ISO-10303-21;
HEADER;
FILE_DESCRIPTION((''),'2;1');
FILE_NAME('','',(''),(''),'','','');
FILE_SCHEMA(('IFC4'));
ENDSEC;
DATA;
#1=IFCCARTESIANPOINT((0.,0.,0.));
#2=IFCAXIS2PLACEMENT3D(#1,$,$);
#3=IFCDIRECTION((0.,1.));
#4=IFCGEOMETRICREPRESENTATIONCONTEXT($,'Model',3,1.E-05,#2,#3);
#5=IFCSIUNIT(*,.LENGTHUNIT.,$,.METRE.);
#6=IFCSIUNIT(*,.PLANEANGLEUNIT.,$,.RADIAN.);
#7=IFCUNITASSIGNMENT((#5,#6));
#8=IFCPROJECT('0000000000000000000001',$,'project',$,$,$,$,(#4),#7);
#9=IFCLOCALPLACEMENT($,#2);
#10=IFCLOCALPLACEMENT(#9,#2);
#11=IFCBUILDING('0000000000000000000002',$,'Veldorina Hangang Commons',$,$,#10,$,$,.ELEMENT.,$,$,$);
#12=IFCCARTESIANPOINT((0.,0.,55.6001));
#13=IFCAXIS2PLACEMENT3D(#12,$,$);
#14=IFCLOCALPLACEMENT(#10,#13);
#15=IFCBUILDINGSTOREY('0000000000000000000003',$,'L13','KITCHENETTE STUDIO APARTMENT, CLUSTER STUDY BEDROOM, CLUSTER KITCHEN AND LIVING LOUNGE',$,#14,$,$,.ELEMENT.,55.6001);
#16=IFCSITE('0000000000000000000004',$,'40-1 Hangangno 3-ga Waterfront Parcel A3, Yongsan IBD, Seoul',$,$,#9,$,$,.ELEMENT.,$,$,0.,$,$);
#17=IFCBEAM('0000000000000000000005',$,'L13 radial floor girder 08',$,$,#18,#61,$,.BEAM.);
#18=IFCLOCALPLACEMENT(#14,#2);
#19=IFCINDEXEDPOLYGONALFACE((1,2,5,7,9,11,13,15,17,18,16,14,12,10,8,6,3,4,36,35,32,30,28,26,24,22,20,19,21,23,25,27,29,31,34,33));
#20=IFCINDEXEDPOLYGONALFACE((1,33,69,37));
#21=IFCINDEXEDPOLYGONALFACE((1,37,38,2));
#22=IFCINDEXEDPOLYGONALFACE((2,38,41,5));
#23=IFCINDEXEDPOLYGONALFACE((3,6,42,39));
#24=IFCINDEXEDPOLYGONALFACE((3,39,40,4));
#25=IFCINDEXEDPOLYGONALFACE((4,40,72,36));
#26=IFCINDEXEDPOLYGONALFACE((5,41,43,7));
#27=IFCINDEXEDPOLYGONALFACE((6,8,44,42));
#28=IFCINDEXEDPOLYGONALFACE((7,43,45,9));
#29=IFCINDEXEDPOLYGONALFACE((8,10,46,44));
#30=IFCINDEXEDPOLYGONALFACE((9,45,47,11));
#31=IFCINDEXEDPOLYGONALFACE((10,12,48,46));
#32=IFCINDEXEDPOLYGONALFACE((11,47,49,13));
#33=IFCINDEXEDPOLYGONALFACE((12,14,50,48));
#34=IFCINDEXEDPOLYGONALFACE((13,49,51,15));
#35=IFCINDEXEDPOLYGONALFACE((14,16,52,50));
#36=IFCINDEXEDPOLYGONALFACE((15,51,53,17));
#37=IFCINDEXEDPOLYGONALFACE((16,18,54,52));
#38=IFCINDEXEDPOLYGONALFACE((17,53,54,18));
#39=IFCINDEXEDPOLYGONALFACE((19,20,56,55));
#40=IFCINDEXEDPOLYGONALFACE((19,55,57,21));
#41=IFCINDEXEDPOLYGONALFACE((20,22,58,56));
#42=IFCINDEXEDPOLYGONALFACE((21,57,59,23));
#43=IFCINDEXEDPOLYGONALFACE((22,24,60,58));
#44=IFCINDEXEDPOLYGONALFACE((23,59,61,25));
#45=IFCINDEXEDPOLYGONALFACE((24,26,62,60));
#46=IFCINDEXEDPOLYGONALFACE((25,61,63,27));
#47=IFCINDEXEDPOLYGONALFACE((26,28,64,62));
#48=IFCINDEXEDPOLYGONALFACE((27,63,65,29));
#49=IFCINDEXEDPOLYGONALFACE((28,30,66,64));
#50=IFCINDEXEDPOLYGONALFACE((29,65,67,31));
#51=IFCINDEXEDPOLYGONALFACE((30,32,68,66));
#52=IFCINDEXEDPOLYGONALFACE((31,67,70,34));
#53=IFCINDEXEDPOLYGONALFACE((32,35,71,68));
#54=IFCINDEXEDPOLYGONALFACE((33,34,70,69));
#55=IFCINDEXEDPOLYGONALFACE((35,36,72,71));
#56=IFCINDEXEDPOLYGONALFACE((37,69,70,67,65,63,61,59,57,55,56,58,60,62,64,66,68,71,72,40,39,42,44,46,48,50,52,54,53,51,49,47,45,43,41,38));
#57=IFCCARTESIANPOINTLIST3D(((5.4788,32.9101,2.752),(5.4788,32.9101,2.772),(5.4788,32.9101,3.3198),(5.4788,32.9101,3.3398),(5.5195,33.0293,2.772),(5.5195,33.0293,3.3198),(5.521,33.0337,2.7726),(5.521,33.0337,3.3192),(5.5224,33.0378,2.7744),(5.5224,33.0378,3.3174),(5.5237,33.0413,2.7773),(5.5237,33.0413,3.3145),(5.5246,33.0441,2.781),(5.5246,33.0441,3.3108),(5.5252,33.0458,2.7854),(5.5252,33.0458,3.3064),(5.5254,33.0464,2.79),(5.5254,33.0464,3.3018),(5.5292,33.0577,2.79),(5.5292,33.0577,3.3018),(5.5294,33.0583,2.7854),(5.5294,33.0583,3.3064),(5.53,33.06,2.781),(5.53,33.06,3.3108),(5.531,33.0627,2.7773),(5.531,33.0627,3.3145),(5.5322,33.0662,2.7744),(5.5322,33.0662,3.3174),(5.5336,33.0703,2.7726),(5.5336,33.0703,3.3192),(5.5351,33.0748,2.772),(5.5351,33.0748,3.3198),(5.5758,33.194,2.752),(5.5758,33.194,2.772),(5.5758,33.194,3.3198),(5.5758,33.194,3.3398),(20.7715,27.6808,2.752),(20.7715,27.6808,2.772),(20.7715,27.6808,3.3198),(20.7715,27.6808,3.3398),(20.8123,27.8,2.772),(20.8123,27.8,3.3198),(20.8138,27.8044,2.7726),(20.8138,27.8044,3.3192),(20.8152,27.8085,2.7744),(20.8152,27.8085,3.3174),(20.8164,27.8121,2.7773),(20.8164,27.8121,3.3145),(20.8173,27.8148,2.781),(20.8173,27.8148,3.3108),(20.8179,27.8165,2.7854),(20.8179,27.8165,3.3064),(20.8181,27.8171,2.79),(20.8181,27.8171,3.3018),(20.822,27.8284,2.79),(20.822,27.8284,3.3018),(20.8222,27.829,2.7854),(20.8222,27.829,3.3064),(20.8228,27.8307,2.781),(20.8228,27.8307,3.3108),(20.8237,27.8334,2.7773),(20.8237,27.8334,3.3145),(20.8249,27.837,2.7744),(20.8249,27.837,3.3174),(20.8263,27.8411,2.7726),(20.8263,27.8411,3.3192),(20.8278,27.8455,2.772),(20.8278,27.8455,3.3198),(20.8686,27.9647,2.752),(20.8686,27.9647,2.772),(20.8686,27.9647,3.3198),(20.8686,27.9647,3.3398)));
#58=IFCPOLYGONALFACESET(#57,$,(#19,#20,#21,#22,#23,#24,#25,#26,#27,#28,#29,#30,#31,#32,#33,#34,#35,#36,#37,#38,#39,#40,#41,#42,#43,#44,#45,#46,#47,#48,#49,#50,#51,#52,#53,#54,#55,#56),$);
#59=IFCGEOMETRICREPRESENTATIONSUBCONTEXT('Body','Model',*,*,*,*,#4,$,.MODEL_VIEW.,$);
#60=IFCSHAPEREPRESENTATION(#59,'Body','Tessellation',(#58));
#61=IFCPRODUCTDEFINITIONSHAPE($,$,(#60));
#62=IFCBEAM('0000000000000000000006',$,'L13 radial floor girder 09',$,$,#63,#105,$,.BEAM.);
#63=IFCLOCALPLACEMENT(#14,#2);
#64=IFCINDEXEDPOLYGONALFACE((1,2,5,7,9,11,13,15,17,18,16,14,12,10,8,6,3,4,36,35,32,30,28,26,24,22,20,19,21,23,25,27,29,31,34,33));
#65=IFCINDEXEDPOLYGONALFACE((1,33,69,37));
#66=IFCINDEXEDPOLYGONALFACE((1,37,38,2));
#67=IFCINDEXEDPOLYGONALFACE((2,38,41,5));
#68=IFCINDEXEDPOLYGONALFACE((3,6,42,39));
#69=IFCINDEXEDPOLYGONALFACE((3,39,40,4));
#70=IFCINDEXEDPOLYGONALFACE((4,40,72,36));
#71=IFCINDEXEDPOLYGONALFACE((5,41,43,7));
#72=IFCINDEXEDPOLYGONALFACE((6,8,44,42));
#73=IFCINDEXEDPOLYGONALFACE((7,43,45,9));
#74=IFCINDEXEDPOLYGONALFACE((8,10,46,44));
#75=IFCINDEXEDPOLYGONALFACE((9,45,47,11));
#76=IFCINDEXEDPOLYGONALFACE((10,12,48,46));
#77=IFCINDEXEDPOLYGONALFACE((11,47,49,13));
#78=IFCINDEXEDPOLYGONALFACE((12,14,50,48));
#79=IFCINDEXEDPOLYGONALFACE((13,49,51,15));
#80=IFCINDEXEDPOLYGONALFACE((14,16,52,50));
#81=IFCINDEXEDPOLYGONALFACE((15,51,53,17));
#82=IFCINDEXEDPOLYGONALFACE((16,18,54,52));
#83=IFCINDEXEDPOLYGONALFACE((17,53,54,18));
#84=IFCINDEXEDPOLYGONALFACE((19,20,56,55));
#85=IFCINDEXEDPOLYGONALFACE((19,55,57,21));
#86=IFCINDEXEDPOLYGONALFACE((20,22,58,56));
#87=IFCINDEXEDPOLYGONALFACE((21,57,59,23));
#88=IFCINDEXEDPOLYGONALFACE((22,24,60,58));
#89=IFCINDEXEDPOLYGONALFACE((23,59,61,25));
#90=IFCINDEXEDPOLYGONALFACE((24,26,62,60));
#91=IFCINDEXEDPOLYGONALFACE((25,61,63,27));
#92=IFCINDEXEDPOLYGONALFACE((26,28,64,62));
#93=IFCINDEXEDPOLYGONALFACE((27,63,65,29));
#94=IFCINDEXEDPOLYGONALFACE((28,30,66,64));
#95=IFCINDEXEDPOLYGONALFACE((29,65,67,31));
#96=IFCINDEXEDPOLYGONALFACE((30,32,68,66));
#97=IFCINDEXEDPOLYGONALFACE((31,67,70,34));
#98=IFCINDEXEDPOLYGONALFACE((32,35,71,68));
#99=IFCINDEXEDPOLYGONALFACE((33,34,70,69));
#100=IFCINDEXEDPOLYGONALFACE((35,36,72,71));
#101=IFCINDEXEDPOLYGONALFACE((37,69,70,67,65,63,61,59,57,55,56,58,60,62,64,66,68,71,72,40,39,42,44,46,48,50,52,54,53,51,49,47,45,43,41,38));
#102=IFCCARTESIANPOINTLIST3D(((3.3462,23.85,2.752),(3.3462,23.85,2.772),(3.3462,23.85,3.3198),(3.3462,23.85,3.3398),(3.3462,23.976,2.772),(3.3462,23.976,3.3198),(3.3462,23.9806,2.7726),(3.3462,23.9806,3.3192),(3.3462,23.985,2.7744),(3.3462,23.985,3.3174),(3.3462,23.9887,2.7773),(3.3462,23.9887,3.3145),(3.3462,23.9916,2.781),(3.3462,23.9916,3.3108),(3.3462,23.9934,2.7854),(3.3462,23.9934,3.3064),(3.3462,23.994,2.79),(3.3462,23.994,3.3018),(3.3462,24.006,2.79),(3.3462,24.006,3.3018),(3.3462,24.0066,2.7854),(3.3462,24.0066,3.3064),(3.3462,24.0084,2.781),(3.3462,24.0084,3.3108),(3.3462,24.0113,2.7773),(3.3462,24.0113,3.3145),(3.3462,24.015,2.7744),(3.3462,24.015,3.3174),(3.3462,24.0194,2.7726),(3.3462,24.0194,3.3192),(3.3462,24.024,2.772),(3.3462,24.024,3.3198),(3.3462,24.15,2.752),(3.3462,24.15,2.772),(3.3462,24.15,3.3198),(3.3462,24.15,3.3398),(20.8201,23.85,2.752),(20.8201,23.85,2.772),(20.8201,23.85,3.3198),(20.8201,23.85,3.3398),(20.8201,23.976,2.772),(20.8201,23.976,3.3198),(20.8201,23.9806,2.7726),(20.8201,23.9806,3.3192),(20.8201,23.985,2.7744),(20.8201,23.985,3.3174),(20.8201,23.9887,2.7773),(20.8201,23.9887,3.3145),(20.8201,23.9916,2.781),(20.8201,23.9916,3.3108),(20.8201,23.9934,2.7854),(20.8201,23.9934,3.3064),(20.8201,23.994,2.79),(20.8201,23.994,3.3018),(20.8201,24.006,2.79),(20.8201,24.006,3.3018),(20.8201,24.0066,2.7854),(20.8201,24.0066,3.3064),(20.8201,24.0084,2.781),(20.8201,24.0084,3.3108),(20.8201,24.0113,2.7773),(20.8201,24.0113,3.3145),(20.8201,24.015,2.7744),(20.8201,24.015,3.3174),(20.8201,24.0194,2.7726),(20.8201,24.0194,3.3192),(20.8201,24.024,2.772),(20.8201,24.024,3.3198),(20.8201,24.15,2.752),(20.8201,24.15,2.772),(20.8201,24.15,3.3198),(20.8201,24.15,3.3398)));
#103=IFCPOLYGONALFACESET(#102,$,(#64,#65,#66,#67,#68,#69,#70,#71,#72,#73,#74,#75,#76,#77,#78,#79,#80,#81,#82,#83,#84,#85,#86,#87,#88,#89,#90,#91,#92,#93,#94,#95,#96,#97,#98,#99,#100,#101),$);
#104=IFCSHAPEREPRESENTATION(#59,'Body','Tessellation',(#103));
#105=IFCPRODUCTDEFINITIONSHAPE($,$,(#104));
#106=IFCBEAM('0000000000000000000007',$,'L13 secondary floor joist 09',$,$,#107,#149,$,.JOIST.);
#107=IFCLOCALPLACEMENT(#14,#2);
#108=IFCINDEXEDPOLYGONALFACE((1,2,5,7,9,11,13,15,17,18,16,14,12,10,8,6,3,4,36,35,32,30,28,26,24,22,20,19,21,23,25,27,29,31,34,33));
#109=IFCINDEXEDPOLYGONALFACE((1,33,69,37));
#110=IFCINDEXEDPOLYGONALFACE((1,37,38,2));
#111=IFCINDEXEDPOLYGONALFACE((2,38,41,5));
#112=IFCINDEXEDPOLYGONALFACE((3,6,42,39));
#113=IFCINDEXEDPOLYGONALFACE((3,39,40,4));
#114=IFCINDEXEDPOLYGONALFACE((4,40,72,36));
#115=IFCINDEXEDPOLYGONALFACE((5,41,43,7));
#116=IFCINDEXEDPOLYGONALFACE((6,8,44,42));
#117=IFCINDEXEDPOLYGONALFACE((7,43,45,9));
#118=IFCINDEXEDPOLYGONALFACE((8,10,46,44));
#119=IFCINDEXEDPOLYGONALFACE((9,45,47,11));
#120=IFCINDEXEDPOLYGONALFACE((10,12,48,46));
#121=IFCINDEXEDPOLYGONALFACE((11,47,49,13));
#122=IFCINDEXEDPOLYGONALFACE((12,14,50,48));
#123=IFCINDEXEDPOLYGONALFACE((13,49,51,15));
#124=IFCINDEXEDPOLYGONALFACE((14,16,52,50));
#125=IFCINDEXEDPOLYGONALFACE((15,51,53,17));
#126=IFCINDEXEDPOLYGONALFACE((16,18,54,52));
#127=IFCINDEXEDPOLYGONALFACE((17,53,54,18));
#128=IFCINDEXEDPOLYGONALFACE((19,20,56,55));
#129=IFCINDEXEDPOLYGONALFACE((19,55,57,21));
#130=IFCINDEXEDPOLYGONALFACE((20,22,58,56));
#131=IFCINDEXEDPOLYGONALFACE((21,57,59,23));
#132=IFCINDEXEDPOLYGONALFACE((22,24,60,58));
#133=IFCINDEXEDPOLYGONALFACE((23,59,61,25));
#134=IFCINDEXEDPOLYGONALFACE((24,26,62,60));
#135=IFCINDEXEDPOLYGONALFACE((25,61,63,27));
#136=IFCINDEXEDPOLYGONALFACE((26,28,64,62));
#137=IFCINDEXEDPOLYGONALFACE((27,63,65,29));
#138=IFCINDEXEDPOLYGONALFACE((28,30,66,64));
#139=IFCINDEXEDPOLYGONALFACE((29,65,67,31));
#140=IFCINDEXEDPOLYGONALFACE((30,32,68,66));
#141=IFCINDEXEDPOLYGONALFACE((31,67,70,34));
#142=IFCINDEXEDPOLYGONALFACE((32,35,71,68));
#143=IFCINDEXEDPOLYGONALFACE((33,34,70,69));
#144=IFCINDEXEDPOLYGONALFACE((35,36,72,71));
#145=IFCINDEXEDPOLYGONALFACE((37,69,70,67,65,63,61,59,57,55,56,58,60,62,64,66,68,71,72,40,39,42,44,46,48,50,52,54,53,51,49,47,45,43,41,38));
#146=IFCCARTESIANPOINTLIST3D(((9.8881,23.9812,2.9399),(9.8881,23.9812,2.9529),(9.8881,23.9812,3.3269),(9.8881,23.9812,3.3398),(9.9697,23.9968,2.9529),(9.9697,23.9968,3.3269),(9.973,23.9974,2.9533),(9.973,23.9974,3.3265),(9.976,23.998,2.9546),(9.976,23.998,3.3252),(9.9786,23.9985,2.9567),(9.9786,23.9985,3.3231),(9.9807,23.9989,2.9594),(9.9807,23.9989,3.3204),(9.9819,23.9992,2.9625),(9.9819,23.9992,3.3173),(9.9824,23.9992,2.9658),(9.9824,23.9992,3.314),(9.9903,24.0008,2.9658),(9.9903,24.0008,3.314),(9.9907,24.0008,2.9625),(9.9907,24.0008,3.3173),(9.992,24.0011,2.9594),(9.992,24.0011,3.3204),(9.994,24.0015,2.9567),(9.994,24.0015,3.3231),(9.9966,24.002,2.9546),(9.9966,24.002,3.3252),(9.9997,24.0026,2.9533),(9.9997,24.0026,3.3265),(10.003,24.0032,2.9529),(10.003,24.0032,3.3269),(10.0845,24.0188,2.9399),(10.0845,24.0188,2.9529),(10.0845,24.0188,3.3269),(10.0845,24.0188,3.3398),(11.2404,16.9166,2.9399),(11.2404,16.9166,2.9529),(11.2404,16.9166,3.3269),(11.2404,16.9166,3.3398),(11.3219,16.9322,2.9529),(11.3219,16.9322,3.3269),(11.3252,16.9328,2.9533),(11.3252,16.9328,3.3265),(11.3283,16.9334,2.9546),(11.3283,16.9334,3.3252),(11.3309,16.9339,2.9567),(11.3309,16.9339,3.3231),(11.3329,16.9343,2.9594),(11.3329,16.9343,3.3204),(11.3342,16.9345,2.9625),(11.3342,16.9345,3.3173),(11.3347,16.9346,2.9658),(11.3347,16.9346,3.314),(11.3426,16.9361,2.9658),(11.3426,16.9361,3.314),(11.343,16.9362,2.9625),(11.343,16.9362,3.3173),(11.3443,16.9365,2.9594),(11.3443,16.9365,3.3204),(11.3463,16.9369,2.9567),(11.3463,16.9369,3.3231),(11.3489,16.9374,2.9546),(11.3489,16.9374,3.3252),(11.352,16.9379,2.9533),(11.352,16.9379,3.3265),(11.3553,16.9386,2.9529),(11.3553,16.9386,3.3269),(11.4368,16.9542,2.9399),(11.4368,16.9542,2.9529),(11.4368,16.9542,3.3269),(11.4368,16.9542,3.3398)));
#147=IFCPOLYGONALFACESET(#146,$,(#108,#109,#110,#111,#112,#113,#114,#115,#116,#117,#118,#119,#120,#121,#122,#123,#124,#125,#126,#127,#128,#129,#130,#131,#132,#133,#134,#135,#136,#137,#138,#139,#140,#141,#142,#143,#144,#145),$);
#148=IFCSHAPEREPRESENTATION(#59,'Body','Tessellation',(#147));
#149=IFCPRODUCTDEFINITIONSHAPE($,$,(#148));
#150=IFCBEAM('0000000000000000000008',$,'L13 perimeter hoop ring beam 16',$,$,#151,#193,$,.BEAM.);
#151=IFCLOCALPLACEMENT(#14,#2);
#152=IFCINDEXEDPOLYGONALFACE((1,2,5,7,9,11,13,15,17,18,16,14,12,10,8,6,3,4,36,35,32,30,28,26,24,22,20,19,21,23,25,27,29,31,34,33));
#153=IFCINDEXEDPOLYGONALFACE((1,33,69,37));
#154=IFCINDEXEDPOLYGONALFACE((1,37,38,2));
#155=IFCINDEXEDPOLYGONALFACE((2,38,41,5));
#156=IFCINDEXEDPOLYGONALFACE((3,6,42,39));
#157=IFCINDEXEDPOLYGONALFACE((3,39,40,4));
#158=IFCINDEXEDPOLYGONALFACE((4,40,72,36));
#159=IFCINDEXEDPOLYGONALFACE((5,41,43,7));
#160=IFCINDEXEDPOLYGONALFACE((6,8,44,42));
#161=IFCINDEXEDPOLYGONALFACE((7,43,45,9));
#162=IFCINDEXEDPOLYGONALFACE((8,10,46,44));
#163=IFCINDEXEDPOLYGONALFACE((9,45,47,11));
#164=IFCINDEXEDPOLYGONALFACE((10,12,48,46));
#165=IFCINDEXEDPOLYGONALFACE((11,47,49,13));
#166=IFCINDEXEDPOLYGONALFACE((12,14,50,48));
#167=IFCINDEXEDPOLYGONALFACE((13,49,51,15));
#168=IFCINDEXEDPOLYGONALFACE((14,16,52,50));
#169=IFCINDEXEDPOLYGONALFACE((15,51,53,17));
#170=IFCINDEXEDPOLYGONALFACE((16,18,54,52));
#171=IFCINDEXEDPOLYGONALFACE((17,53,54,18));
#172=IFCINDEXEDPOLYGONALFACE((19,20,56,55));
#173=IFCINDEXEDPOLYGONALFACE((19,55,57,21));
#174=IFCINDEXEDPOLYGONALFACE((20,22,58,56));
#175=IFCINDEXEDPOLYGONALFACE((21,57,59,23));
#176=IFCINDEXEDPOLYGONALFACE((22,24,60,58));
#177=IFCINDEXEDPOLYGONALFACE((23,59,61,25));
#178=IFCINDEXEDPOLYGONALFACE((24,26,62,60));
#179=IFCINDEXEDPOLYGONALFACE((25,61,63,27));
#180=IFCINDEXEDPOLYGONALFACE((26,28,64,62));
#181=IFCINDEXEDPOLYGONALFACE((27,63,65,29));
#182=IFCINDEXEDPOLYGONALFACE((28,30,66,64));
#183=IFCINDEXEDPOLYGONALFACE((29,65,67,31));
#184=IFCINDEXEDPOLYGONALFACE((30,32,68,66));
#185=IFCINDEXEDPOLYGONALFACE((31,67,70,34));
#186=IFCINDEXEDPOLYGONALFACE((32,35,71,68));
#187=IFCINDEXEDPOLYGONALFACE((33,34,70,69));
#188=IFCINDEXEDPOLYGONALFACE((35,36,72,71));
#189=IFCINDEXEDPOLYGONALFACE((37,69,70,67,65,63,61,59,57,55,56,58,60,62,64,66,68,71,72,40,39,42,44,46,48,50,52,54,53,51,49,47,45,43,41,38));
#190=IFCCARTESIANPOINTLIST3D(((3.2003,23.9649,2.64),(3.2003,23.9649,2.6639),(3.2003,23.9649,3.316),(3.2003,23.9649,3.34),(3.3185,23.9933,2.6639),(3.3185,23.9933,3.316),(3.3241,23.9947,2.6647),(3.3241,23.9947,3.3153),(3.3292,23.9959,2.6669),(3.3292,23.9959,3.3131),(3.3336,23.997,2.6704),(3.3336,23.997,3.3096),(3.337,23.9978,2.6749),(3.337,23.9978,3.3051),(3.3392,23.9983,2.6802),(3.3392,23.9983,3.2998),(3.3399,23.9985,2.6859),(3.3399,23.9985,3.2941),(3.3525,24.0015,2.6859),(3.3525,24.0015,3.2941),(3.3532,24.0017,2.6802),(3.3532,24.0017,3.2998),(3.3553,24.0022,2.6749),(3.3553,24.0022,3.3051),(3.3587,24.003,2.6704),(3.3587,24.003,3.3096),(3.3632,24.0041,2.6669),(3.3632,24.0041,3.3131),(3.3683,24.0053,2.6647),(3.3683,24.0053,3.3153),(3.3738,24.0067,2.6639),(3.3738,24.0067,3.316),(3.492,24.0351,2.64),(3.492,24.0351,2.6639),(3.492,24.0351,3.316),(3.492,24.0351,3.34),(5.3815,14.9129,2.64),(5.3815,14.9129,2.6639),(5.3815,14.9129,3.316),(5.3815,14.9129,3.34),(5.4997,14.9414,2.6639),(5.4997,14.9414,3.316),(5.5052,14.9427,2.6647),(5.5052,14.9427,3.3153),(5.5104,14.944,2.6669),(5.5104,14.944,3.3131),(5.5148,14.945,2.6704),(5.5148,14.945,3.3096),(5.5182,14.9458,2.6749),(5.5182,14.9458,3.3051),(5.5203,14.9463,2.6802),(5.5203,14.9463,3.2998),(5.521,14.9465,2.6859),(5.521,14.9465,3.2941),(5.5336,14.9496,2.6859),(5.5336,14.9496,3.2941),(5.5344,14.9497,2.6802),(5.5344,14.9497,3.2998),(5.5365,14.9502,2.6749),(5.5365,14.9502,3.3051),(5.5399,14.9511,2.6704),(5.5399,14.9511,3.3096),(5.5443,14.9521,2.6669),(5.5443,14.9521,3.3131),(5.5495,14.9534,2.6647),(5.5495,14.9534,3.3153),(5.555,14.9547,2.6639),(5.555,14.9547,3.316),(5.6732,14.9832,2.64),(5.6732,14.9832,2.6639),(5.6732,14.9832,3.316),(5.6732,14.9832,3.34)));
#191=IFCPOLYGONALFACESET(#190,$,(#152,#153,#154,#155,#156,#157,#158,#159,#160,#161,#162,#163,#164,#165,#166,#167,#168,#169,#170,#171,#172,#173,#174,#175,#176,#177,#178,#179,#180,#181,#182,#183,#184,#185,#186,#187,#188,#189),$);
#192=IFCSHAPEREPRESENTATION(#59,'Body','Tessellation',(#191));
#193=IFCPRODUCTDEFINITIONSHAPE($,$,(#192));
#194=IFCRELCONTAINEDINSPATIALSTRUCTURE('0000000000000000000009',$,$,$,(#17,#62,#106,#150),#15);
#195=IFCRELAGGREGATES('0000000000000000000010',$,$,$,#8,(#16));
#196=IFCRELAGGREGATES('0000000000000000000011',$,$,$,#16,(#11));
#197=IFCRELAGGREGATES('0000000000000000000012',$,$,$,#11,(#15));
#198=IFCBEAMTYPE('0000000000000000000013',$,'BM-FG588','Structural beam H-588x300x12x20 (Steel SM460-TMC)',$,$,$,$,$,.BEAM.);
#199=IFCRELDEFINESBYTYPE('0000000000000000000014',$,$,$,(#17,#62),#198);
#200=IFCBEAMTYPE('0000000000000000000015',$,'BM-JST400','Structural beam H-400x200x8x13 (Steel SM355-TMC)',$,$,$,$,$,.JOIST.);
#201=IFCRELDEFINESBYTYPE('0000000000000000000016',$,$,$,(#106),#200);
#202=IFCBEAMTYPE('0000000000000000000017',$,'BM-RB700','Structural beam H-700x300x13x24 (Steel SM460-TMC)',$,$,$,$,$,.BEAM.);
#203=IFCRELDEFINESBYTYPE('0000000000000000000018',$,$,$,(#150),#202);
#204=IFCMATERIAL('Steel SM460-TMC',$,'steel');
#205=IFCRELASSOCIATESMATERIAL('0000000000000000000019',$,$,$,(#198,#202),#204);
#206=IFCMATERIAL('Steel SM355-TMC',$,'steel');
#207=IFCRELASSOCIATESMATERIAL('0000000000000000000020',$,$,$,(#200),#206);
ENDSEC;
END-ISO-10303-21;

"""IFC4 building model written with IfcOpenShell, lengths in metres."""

from ifc_helpers import new_model, si_unit, direction, frame, origin, origin_2d, place, context, subcontext, project, spatial, i_section, extrude, material, material_profile, profile_set, type_object, element, save


model = new_model("IFC4")

# Units and contexts
model_context = context("Model", 3, precision=1e-05, world=origin(), true_north=direction((0.0, 1.0)))
body_context = subcontext(model_context, "Body", "Model", "MODEL_VIEW")
ifc_project = project(units=[si_unit("LENGTHUNIT", "METRE"), si_unit("PLANEANGLEUNIT", "RADIAN")], contexts=[model_context])

# Site, building, storey
site_placement = place(None, origin())
site = spatial("IfcSite", under=ifc_project, at=site_placement, Name="40-1 Hangangno 3-ga Waterfront Parcel A3, Yongsan IBD, Seoul", CompositionType="ELEMENT", RefElevation=0.0)
building_placement = place(site_placement, origin())
building = spatial("IfcBuilding", under=site, at=building_placement, Name="Veldorina Hangang Commons", CompositionType="ELEMENT")
storey_placement = place(building_placement, frame((0.0, 0.0, 55.6001)))
storey = spatial("IfcBuildingStorey", under=building, at=storey_placement, Name="L13", Description="KITCHENETTE STUDIO APARTMENT, CLUSTER STUDY BEDROOM, CLUSTER KITCHEN AND LIVING LOUNGE", CompositionType="ELEMENT", Elevation=55.6001)

# Beams
ifc_material_1 = material(Name="Steel SM460-TMC", Category="steel")
ifc_material_profile_1 = material_profile(ifc_material_1, i_section(OverallWidth=0.3, OverallDepth=0.5879, WebThickness=0.012, FlangeThickness=0.02, FilletRadius=0.0181, at=origin_2d()), Name="H-588x300x12x20")
ifc_profile_set_1 = profile_set([ifc_material_profile_1], Name="Steel SM460-TMC")
beam_type_1 = type_object("IfcBeamType", Name="BM-FG588", Description="Structural beam H-588x300x12x20 (Steel SM460-TMC)", PredefinedType="BEAM", material=ifc_profile_set_1)
beam_1_placement = place(storey_placement, frame((20.8201, 27.8228, 3.0459), z_axis=(-0.946211, 0.323551, 0.0), x_axis=(-0.323551, -0.946211, 0.0)))
element("IfcBeam", 1, at=beam_1_placement, inside=storey, type_object=beam_type_1, Name="L13 radial floor girder 08", PredefinedType="BEAM", context=body_context, shape_type="SweptSolid", body=[
    extrude(i_section(OverallWidth=0.3, OverallDepth=0.5879, WebThickness=0.012, FlangeThickness=0.02, FilletRadius=0.0181, at=origin_2d()), origin(), (0.0, 0.0, 1.0), 16.1621),
])
beam_2_placement = place(storey_placement, frame((20.8201, 24.0, 3.0459), z_axis=(-1.0, 0.0, 0.0), x_axis=(0.0, -1.0, 0.0)))
element("IfcBeam", 2, at=beam_2_placement, inside=storey, type_object=beam_type_1, Name="L13 radial floor girder 09", PredefinedType="BEAM", context=body_context, shape_type="SweptSolid", body=[
    extrude(i_section(OverallWidth=0.3, OverallDepth=0.5879, WebThickness=0.012, FlangeThickness=0.02, FilletRadius=0.0181, at=origin_2d()), origin(), (0.0, 0.0, 1.0), 17.4739),
])
ifc_material_2 = material(Name="Steel SM355-TMC", Category="steel")
ifc_material_profile_2 = material_profile(ifc_material_2, i_section(OverallWidth=0.2, OverallDepth=0.3999, WebThickness=0.0081, FlangeThickness=0.0129, FilletRadius=0.0129, at=origin_2d()), Name="H-400x200x8x13")
ifc_profile_set_2 = profile_set([ifc_material_profile_2], Name="Steel SM355-TMC")
beam_type_2 = type_object("IfcBeamType", Name="BM-JST400", Description="Structural beam H-400x200x8x13 (Steel SM355-TMC)", PredefinedType="JOIST", material=ifc_profile_set_2)
beam_3_placement = place(storey_placement, frame((9.9863, 24.0, 3.1399), z_axis=(0.188003, -0.982169, 0.0), x_axis=(0.982169, 0.188003, 0.0)))
element("IfcBeam", 3, at=beam_3_placement, inside=storey, type_object=beam_type_2, Name="L13 secondary floor joist 09", PredefinedType="JOIST", context=body_context, shape_type="SweptSolid", body=[
    extrude(i_section(OverallWidth=0.2, OverallDepth=0.3999, WebThickness=0.0081, FlangeThickness=0.0129, FilletRadius=0.0129, at=origin_2d()), origin(), (0.0, 0.0, 1.0), 7.1929),
])
ifc_material_profile_3 = material_profile(ifc_material_1, i_section(OverallWidth=0.3, OverallDepth=0.7, WebThickness=0.0129, FlangeThickness=0.0239, FilletRadius=0.022, at=origin_2d()), Name="H-700x300x13x24")
ifc_profile_set_3 = profile_set([ifc_material_profile_3], Name="Steel SM460-TMC")
beam_type_3 = type_object("IfcBeamType", Name="BM-RB700", Description="Structural beam H-700x300x13x24 (Steel SM460-TMC)", PredefinedType="BEAM", material=ifc_profile_set_3)
beam_4_placement = place(storey_placement, frame((3.3462, 24.0, 2.99), z_axis=(0.234253, -0.972176, 0.0), x_axis=(0.972176, 0.234253, 0.0)))
element("IfcBeam", 4, at=beam_4_placement, inside=storey, type_object=beam_type_3, Name="L13 perimeter hoop ring beam 16", PredefinedType="BEAM", context=body_context, shape_type="SweptSolid", body=[
    extrude(i_section(OverallWidth=0.3, OverallDepth=0.7, WebThickness=0.0129, FlangeThickness=0.0239, FilletRadius=0.022, at=origin_2d()), origin(), (0.0, 0.0, 1.0), 9.311),
])

save(model, "model.ifc")
